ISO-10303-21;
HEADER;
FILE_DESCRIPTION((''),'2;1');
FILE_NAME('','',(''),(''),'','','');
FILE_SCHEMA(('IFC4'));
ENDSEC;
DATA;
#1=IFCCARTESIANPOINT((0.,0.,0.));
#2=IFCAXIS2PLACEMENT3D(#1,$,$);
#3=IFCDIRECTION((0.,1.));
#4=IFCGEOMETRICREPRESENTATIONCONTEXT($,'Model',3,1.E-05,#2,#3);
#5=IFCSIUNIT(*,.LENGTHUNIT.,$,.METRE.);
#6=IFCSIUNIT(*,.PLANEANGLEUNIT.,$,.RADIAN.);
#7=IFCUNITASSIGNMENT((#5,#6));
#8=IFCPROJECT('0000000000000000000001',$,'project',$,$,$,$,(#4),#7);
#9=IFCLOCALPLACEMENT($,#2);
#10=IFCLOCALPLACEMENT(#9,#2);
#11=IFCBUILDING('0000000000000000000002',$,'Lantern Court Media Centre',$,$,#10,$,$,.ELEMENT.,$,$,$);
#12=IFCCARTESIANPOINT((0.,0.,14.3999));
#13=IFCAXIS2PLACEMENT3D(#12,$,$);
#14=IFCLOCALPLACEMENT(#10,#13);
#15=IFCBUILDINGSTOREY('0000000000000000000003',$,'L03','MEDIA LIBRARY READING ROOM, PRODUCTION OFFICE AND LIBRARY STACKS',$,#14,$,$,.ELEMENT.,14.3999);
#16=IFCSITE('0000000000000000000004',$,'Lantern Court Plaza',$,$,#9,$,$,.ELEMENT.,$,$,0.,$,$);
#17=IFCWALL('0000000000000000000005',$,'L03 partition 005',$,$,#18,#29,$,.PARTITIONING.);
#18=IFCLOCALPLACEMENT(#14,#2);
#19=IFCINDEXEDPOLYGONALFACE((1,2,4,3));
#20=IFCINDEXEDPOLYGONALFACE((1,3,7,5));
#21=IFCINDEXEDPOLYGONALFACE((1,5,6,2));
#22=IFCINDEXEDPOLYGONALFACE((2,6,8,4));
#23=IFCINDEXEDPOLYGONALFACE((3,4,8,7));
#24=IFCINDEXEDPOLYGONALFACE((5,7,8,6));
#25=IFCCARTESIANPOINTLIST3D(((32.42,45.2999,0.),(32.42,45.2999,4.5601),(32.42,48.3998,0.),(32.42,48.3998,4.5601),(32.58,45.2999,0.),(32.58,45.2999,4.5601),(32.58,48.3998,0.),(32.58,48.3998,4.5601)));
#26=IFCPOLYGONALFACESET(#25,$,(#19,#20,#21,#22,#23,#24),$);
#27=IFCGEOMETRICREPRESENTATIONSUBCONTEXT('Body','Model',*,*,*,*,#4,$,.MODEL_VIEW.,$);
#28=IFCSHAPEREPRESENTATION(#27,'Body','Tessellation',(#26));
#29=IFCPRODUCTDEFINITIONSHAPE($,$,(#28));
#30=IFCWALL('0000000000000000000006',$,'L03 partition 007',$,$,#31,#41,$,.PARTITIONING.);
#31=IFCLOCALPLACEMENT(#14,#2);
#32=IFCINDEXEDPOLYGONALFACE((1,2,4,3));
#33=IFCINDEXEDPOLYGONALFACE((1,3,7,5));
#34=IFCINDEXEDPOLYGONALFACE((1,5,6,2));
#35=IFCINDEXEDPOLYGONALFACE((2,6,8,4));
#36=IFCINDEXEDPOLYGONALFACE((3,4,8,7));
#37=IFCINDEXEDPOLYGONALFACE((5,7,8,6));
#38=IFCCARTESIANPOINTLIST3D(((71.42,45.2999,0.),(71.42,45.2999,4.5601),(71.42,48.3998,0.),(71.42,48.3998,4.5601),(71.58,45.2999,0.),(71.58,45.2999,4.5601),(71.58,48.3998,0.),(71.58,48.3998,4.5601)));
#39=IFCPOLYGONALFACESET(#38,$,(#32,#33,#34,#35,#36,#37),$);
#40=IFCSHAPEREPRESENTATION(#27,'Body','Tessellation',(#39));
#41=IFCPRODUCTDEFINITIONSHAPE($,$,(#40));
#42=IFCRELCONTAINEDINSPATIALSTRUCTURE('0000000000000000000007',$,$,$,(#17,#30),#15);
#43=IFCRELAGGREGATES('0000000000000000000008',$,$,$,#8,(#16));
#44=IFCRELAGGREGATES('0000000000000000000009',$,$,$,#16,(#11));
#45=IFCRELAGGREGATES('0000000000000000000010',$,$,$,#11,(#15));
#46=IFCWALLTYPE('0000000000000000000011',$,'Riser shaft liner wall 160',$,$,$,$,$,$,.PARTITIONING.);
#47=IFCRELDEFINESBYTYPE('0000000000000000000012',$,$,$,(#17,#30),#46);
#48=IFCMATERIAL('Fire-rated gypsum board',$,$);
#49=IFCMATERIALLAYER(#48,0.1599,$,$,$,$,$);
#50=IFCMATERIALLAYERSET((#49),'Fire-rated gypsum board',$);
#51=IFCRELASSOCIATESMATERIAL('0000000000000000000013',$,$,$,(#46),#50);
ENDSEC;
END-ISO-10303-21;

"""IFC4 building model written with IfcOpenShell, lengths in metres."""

from ifc_helpers import new_model, si_unit, direction, frame, frame_2d, origin, place, context, subcontext, project, spatial, rectangle, extrude, material, layer, layer_set, type_object, element, save


model = new_model("IFC4")

# Units and contexts
model_context = context("Model", 3, precision=1e-05, world=origin(), true_north=direction((0.0, 1.0)))
body_context = subcontext(model_context, "Body", "Model", "MODEL_VIEW")
ifc_project = project(units=[si_unit("LENGTHUNIT", "METRE"), si_unit("PLANEANGLEUNIT", "RADIAN")], contexts=[model_context])

# Site, building, storey
site_placement = place(None, origin())
site = spatial("IfcSite", under=ifc_project, at=site_placement, Name="Lantern Court Plaza", CompositionType="ELEMENT", RefElevation=0.0)
building_placement = place(site_placement, origin())
building = spatial("IfcBuilding", under=site, at=building_placement, Name="Lantern Court Media Centre", CompositionType="ELEMENT")
storey_placement = place(building_placement, frame((0.0, 0.0, 14.3999)))
storey = spatial("IfcBuildingStorey", under=building, at=storey_placement, Name="L03", Description="MEDIA LIBRARY READING ROOM, PRODUCTION OFFICE AND LIBRARY STACKS", CompositionType="ELEMENT", Elevation=14.3999)

# Walls
ifc_material_1 = material(Name="Fire-rated gypsum board")
ifc_layer_1 = layer(ifc_material_1, 0.1599)
ifc_layer_set_1 = layer_set([ifc_layer_1], Name="Fire-rated gypsum board")
wall_type_1 = type_object("IfcWallType", Name="Riser shaft liner wall 160", PredefinedType="PARTITIONING", material=ifc_layer_set_1)
for number, where, z_axis, x_axis, name in (
    (1, (32.5, 45.3, 0.0), (0.0, 0.0, 1.0), (0.0, 1.0, 0.0), "L03 partition 005"),
    (2, (71.5, 45.3, 0.0), (0.0, 0.0, 1.0), (0.0, 1.0, 0.0), "L03 partition 007"),
):
    element("IfcWall", number, at=place(storey_placement, frame(where, z_axis=z_axis, x_axis=x_axis)), inside=storey, type_object=wall_type_1, Name=name, PredefinedType="PARTITIONING", context=body_context, shape_type="SweptSolid", body=[
        extrude(rectangle(XDim=3.0999, YDim=0.1599, at=frame_2d((1.5498, 0.0))), origin(), (0.0, 0.0, 1.0), 4.5601),
    ])

save(model, "model.ifc")
